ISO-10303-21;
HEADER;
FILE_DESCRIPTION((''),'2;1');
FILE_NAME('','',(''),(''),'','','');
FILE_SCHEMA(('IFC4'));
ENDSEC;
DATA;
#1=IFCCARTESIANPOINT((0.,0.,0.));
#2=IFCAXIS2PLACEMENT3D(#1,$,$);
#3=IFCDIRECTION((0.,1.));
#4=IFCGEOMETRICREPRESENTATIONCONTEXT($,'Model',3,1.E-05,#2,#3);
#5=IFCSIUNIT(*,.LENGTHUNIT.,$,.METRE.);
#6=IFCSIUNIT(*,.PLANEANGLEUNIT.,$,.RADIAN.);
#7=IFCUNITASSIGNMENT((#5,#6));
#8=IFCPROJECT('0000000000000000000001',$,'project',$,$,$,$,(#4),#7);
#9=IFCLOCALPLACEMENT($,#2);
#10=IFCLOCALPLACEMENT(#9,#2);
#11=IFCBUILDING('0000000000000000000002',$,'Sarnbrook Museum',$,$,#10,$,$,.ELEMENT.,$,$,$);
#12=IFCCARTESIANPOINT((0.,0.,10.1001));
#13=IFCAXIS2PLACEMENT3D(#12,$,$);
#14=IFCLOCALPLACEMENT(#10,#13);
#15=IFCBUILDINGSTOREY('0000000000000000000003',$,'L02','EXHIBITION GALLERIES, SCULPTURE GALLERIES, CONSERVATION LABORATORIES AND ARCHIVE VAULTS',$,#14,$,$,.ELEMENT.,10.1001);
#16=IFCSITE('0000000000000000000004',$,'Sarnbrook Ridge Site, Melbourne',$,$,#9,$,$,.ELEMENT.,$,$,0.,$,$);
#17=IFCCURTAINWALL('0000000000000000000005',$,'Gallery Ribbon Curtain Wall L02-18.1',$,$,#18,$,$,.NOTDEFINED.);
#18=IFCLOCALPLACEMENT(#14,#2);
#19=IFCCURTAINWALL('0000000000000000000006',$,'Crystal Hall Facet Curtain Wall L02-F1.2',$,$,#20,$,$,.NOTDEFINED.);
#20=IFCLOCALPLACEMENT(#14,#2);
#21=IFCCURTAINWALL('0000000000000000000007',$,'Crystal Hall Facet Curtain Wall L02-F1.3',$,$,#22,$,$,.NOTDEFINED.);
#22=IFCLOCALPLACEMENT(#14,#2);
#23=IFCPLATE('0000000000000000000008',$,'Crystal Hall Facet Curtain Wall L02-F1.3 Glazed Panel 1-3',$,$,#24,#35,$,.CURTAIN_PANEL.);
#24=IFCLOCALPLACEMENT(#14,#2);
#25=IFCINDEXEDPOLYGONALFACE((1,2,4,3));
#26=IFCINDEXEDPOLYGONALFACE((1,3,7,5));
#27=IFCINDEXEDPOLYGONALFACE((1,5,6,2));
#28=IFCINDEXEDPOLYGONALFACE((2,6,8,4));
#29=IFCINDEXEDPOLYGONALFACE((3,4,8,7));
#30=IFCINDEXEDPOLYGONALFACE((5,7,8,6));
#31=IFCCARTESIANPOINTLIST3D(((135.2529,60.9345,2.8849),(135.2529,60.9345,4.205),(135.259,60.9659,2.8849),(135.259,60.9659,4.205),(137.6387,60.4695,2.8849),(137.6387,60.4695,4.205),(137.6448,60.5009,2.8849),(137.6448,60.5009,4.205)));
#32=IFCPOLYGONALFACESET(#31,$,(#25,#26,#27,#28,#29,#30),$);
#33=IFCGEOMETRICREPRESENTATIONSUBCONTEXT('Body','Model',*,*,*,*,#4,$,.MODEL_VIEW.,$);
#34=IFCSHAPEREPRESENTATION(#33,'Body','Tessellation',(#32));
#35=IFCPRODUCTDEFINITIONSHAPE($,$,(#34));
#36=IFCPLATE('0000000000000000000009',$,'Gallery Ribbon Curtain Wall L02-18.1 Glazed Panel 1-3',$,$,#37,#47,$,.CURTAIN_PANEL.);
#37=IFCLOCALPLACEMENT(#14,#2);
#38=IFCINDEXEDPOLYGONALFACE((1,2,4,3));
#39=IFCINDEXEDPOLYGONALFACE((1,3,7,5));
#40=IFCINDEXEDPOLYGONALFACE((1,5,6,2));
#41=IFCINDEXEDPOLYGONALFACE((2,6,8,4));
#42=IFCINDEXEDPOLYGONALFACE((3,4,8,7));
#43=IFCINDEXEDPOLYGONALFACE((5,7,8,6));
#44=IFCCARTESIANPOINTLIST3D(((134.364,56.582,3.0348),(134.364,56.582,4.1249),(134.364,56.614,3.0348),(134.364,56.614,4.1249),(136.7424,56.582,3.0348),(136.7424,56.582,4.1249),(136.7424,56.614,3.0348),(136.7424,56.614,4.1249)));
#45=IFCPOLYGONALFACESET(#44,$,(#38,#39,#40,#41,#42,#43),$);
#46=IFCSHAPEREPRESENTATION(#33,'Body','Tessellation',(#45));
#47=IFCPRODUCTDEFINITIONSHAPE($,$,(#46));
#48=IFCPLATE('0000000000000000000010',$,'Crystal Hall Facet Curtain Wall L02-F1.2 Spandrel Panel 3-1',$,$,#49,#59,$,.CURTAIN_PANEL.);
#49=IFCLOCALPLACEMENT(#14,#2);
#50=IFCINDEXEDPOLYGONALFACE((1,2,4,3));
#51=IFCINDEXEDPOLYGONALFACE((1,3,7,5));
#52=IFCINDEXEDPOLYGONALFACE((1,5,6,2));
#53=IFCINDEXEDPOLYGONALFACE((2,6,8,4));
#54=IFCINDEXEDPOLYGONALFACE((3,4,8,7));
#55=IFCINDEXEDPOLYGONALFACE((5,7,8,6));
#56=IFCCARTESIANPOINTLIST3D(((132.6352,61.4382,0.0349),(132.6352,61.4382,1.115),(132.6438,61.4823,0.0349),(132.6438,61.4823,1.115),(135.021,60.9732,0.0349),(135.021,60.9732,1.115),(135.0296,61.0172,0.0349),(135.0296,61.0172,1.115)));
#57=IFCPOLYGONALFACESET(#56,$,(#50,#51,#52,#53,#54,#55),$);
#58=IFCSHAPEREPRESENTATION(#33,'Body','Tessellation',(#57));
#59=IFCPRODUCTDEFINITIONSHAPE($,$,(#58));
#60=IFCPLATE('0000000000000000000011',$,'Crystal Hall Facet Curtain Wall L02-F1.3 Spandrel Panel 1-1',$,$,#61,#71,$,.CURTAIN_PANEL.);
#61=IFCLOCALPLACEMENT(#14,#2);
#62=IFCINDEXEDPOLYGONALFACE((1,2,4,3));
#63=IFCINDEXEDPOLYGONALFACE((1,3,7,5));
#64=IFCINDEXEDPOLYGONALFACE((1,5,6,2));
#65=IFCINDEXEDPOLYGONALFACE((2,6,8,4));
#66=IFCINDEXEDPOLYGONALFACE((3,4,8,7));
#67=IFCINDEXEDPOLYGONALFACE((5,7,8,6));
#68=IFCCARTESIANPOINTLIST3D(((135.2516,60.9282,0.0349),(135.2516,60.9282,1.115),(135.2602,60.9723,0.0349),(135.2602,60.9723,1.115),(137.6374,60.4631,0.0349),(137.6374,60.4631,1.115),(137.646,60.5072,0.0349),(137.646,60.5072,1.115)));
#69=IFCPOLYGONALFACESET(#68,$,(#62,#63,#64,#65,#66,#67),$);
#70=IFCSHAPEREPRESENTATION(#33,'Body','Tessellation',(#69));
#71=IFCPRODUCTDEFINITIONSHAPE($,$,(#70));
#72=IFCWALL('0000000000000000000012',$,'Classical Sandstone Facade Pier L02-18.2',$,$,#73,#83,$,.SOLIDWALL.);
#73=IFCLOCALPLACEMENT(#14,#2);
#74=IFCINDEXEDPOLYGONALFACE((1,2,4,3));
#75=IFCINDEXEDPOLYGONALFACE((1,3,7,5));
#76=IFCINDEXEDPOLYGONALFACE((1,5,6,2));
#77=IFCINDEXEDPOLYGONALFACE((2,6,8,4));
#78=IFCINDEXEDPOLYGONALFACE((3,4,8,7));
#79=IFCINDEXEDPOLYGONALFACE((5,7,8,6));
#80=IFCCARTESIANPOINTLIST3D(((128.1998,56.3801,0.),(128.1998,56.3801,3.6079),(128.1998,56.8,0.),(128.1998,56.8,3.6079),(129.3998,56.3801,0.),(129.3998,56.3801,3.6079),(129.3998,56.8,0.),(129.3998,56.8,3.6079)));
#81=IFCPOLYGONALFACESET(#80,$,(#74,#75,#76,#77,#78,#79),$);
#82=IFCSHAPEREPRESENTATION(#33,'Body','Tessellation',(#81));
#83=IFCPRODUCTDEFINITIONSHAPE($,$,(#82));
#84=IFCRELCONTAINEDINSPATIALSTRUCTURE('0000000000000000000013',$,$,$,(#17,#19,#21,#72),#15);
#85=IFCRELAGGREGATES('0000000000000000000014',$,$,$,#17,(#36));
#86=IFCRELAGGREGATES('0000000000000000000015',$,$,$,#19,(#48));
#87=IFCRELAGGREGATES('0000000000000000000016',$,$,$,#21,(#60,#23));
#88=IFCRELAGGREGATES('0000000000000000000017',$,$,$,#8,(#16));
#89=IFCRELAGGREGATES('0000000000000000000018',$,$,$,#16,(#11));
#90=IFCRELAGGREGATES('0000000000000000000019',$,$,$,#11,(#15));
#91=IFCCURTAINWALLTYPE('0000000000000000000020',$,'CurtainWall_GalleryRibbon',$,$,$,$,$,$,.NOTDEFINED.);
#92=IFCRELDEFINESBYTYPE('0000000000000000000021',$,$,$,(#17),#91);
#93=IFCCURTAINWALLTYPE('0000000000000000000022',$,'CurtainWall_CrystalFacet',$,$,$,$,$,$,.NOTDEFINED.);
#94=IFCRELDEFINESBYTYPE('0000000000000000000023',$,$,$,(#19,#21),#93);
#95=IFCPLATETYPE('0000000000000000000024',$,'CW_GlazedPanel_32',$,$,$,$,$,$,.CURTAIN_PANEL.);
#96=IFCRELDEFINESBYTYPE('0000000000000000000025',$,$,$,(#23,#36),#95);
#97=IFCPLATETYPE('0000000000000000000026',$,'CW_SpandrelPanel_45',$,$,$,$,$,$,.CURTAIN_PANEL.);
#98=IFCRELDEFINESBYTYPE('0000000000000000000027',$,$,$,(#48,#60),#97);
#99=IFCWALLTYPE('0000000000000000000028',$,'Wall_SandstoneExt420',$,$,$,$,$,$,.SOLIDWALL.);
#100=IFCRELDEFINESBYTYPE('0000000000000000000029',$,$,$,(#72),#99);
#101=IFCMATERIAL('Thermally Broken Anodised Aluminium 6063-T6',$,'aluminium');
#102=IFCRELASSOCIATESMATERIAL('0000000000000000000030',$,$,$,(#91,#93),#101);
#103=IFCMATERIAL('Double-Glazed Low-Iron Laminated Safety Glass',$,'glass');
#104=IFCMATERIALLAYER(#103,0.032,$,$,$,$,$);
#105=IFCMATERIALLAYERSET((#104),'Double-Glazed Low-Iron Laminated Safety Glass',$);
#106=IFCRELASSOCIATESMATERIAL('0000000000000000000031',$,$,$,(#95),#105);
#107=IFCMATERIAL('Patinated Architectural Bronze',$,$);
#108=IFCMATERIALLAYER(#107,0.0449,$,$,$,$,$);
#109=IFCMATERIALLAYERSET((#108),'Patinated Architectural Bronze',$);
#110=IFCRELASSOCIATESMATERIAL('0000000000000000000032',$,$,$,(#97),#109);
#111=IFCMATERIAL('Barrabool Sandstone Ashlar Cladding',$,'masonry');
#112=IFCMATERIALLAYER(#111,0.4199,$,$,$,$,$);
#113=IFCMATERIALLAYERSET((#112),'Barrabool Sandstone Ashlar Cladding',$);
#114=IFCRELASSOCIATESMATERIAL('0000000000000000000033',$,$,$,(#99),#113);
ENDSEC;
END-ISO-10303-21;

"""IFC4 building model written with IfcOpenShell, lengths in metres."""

from ifc_helpers import new_model, si_unit, direction, frame, frame_2d, origin, origin_2d, place, context, subcontext, project, spatial, rectangle, extrude, material, layer, layer_set, type_object, element, aggregate, save


model = new_model("IFC4")

# Units and contexts
model_context = context("Model", 3, precision=1e-05, world=origin(), true_north=direction((0.0, 1.0)))
body_context = subcontext(model_context, "Body", "Model", "MODEL_VIEW")
ifc_project = project(units=[si_unit("LENGTHUNIT", "METRE"), si_unit("PLANEANGLEUNIT", "RADIAN")], contexts=[model_context])

# Site, building, storey
site_placement = place(None, origin())
site = spatial("IfcSite", under=ifc_project, at=site_placement, Name="Sarnbrook Ridge Site, Melbourne", CompositionType="ELEMENT", RefElevation=0.0)
building_placement = place(site_placement, origin())
building = spatial("IfcBuilding", under=site, at=building_placement, Name="Sarnbrook Museum", CompositionType="ELEMENT")
storey_placement = place(building_placement, frame((0.0, 0.0, 10.1001)))
storey = spatial("IfcBuildingStorey", under=building, at=storey_placement, Name="L02", Description="EXHIBITION GALLERIES, SCULPTURE GALLERIES, CONSERVATION LABORATORIES AND ARCHIVE VAULTS", CompositionType="ELEMENT", Elevation=10.1001)

# Curtain wall
ifc_material_1 = material(Name="Thermally Broken Anodised Aluminium 6063-T6", Category="aluminium")
curtain_wall_type_1 = type_object("IfcCurtainWallType", Name="CurtainWall_GalleryRibbon", PredefinedType="NOTDEFINED", material=ifc_material_1)
curtain_wall_1_placement = place(storey_placement, origin())
curtain_wall_1 = element("IfcCurtainWall", 1, at=curtain_wall_1_placement, inside=storey, type_object=curtain_wall_type_1, Name="Gallery Ribbon Curtain Wall L02-18.1", PredefinedType="NOTDEFINED")

# Curtain walls
curtain_wall_type_2 = type_object("IfcCurtainWallType", Name="CurtainWall_CrystalFacet", PredefinedType="NOTDEFINED", material=ifc_material_1)
curtain_wall_2_placement = place(storey_placement, origin())
curtain_wall_2 = element("IfcCurtainWall", 2, at=curtain_wall_2_placement, inside=storey, type_object=curtain_wall_type_2, Name="Crystal Hall Facet Curtain Wall L02-F1.2", PredefinedType="NOTDEFINED")
curtain_wall_3_placement = place(storey_placement, origin())
curtain_wall_3 = element("IfcCurtainWall", 3, at=curtain_wall_3_placement, inside=storey, type_object=curtain_wall_type_2, Name="Crystal Hall Facet Curtain Wall L02-F1.3", PredefinedType="NOTDEFINED")

# Plates
ifc_material_2 = material(Name="Double-Glazed Low-Iron Laminated Safety Glass", Category="glass")
ifc_layer_1 = layer(ifc_material_2, 0.032)
ifc_layer_set_1 = layer_set([ifc_layer_1], Name="Double-Glazed Low-Iron Laminated Safety Glass")
plate_type_1 = type_object("IfcPlateType", Name="CW_GlazedPanel_32", PredefinedType="CURTAIN_PANEL", material=ifc_layer_set_1)
plate_1_placement = place(storey_placement, frame((136.4519, 60.7334, 3.5449), z_axis=(-0.191313, -0.981529, 0.0), x_axis=(0.981529, -0.191313, 0.0)))
plate_1 = element("IfcPlate", 4, at=plate_1_placement, type_object=plate_type_1, Name="Crystal Hall Facet Curtain Wall L02-F1.3 Glazed Panel 1-3", PredefinedType="CURTAIN_PANEL", context=body_context, shape_type="SweptSolid", body=[
    extrude(rectangle(XDim=2.4307, YDim=1.3201, at=origin_2d()), origin(), (0.0, 0.0, 1.0), 0.032),
])
plate_2_placement = place(storey_placement, frame((135.5532, 56.582, 3.5798), z_axis=(0.0, 1.0, 0.0), x_axis=(-1.0, 0.0, 0.0)))
plate_2 = element("IfcPlate", 5, at=plate_2_placement, type_object=plate_type_1, Name="Gallery Ribbon Curtain Wall L02-18.1 Glazed Panel 1-3", PredefinedType="CURTAIN_PANEL", context=body_context, shape_type="SweptSolid", body=[
    extrude(rectangle(XDim=2.3784, YDim=1.0901, at=origin_2d()), origin(), (0.0, 0.0, 1.0), 0.032),
])
aggregate(curtain_wall_1, [plate_2])
ifc_material_3 = material(Name="Patinated Architectural Bronze")
ifc_layer_2 = layer(ifc_material_3, 0.0449)
ifc_layer_set_2 = layer_set([ifc_layer_2], Name="Patinated Architectural Bronze")
plate_type_2 = type_object("IfcPlateType", Name="CW_SpandrelPanel_45", PredefinedType="CURTAIN_PANEL", material=ifc_layer_set_2)
plate_3_placement = place(storey_placement, frame((133.8367, 61.2498, 0.575), z_axis=(-0.191313, -0.981529, 0.0), x_axis=(0.981529, -0.191313, 0.0)))
plate_3 = element("IfcPlate", 6, at=plate_3_placement, type_object=plate_type_2, Name="Crystal Hall Facet Curtain Wall L02-F1.2 Spandrel Panel 3-1", PredefinedType="CURTAIN_PANEL", context=body_context, shape_type="SweptSolid", body=[
    extrude(rectangle(XDim=2.4307, YDim=1.0801, at=origin_2d()), origin(), (0.0, 0.0, 1.0), 0.0449),
])
aggregate(curtain_wall_2, [plate_3])
plate_4_placement = place(storey_placement, frame((136.4531, 60.7397, 0.575), z_axis=(-0.191313, -0.981529, 0.0), x_axis=(0.981529, -0.191313, 0.0)))
plate_4 = element("IfcPlate", 7, at=plate_4_placement, type_object=plate_type_2, Name="Crystal Hall Facet Curtain Wall L02-F1.3 Spandrel Panel 1-1", PredefinedType="CURTAIN_PANEL", context=body_context, shape_type="SweptSolid", body=[
    extrude(rectangle(XDim=2.4307, YDim=1.0801, at=origin_2d()), origin(), (0.0, 0.0, 1.0), 0.0449),
])
aggregate(curtain_wall_3, [plate_4, plate_1])

# Wall
ifc_material_4 = material(Name="Barrabool Sandstone Ashlar Cladding", Category="masonry")
ifc_layer_3 = layer(ifc_material_4, 0.4199)
ifc_layer_set_3 = layer_set([ifc_layer_3], Name="Barrabool Sandstone Ashlar Cladding")
wall_type = type_object("IfcWallType", Name="Wall_SandstoneExt420", PredefinedType="SOLIDWALL", material=ifc_layer_set_3)
wall_placement = place(storey_placement, frame((129.3999, 56.5901, 0.0), z_axis=(0.0, 0.0, 1.0), x_axis=(-1.0, 0.0, 0.0)))
element("IfcWall", 8, at=wall_placement, inside=storey, type_object=wall_type, Name="Classical Sandstone Facade Pier L02-18.2", PredefinedType="SOLIDWALL", context=body_context, shape_type="SweptSolid", body=[
    extrude(rectangle(XDim=1.2, YDim=0.4199, at=frame_2d((0.6001, 0.0))), origin(), (0.0, 0.0, 1.0), 3.6079),
])

save(model, "model.ifc")
